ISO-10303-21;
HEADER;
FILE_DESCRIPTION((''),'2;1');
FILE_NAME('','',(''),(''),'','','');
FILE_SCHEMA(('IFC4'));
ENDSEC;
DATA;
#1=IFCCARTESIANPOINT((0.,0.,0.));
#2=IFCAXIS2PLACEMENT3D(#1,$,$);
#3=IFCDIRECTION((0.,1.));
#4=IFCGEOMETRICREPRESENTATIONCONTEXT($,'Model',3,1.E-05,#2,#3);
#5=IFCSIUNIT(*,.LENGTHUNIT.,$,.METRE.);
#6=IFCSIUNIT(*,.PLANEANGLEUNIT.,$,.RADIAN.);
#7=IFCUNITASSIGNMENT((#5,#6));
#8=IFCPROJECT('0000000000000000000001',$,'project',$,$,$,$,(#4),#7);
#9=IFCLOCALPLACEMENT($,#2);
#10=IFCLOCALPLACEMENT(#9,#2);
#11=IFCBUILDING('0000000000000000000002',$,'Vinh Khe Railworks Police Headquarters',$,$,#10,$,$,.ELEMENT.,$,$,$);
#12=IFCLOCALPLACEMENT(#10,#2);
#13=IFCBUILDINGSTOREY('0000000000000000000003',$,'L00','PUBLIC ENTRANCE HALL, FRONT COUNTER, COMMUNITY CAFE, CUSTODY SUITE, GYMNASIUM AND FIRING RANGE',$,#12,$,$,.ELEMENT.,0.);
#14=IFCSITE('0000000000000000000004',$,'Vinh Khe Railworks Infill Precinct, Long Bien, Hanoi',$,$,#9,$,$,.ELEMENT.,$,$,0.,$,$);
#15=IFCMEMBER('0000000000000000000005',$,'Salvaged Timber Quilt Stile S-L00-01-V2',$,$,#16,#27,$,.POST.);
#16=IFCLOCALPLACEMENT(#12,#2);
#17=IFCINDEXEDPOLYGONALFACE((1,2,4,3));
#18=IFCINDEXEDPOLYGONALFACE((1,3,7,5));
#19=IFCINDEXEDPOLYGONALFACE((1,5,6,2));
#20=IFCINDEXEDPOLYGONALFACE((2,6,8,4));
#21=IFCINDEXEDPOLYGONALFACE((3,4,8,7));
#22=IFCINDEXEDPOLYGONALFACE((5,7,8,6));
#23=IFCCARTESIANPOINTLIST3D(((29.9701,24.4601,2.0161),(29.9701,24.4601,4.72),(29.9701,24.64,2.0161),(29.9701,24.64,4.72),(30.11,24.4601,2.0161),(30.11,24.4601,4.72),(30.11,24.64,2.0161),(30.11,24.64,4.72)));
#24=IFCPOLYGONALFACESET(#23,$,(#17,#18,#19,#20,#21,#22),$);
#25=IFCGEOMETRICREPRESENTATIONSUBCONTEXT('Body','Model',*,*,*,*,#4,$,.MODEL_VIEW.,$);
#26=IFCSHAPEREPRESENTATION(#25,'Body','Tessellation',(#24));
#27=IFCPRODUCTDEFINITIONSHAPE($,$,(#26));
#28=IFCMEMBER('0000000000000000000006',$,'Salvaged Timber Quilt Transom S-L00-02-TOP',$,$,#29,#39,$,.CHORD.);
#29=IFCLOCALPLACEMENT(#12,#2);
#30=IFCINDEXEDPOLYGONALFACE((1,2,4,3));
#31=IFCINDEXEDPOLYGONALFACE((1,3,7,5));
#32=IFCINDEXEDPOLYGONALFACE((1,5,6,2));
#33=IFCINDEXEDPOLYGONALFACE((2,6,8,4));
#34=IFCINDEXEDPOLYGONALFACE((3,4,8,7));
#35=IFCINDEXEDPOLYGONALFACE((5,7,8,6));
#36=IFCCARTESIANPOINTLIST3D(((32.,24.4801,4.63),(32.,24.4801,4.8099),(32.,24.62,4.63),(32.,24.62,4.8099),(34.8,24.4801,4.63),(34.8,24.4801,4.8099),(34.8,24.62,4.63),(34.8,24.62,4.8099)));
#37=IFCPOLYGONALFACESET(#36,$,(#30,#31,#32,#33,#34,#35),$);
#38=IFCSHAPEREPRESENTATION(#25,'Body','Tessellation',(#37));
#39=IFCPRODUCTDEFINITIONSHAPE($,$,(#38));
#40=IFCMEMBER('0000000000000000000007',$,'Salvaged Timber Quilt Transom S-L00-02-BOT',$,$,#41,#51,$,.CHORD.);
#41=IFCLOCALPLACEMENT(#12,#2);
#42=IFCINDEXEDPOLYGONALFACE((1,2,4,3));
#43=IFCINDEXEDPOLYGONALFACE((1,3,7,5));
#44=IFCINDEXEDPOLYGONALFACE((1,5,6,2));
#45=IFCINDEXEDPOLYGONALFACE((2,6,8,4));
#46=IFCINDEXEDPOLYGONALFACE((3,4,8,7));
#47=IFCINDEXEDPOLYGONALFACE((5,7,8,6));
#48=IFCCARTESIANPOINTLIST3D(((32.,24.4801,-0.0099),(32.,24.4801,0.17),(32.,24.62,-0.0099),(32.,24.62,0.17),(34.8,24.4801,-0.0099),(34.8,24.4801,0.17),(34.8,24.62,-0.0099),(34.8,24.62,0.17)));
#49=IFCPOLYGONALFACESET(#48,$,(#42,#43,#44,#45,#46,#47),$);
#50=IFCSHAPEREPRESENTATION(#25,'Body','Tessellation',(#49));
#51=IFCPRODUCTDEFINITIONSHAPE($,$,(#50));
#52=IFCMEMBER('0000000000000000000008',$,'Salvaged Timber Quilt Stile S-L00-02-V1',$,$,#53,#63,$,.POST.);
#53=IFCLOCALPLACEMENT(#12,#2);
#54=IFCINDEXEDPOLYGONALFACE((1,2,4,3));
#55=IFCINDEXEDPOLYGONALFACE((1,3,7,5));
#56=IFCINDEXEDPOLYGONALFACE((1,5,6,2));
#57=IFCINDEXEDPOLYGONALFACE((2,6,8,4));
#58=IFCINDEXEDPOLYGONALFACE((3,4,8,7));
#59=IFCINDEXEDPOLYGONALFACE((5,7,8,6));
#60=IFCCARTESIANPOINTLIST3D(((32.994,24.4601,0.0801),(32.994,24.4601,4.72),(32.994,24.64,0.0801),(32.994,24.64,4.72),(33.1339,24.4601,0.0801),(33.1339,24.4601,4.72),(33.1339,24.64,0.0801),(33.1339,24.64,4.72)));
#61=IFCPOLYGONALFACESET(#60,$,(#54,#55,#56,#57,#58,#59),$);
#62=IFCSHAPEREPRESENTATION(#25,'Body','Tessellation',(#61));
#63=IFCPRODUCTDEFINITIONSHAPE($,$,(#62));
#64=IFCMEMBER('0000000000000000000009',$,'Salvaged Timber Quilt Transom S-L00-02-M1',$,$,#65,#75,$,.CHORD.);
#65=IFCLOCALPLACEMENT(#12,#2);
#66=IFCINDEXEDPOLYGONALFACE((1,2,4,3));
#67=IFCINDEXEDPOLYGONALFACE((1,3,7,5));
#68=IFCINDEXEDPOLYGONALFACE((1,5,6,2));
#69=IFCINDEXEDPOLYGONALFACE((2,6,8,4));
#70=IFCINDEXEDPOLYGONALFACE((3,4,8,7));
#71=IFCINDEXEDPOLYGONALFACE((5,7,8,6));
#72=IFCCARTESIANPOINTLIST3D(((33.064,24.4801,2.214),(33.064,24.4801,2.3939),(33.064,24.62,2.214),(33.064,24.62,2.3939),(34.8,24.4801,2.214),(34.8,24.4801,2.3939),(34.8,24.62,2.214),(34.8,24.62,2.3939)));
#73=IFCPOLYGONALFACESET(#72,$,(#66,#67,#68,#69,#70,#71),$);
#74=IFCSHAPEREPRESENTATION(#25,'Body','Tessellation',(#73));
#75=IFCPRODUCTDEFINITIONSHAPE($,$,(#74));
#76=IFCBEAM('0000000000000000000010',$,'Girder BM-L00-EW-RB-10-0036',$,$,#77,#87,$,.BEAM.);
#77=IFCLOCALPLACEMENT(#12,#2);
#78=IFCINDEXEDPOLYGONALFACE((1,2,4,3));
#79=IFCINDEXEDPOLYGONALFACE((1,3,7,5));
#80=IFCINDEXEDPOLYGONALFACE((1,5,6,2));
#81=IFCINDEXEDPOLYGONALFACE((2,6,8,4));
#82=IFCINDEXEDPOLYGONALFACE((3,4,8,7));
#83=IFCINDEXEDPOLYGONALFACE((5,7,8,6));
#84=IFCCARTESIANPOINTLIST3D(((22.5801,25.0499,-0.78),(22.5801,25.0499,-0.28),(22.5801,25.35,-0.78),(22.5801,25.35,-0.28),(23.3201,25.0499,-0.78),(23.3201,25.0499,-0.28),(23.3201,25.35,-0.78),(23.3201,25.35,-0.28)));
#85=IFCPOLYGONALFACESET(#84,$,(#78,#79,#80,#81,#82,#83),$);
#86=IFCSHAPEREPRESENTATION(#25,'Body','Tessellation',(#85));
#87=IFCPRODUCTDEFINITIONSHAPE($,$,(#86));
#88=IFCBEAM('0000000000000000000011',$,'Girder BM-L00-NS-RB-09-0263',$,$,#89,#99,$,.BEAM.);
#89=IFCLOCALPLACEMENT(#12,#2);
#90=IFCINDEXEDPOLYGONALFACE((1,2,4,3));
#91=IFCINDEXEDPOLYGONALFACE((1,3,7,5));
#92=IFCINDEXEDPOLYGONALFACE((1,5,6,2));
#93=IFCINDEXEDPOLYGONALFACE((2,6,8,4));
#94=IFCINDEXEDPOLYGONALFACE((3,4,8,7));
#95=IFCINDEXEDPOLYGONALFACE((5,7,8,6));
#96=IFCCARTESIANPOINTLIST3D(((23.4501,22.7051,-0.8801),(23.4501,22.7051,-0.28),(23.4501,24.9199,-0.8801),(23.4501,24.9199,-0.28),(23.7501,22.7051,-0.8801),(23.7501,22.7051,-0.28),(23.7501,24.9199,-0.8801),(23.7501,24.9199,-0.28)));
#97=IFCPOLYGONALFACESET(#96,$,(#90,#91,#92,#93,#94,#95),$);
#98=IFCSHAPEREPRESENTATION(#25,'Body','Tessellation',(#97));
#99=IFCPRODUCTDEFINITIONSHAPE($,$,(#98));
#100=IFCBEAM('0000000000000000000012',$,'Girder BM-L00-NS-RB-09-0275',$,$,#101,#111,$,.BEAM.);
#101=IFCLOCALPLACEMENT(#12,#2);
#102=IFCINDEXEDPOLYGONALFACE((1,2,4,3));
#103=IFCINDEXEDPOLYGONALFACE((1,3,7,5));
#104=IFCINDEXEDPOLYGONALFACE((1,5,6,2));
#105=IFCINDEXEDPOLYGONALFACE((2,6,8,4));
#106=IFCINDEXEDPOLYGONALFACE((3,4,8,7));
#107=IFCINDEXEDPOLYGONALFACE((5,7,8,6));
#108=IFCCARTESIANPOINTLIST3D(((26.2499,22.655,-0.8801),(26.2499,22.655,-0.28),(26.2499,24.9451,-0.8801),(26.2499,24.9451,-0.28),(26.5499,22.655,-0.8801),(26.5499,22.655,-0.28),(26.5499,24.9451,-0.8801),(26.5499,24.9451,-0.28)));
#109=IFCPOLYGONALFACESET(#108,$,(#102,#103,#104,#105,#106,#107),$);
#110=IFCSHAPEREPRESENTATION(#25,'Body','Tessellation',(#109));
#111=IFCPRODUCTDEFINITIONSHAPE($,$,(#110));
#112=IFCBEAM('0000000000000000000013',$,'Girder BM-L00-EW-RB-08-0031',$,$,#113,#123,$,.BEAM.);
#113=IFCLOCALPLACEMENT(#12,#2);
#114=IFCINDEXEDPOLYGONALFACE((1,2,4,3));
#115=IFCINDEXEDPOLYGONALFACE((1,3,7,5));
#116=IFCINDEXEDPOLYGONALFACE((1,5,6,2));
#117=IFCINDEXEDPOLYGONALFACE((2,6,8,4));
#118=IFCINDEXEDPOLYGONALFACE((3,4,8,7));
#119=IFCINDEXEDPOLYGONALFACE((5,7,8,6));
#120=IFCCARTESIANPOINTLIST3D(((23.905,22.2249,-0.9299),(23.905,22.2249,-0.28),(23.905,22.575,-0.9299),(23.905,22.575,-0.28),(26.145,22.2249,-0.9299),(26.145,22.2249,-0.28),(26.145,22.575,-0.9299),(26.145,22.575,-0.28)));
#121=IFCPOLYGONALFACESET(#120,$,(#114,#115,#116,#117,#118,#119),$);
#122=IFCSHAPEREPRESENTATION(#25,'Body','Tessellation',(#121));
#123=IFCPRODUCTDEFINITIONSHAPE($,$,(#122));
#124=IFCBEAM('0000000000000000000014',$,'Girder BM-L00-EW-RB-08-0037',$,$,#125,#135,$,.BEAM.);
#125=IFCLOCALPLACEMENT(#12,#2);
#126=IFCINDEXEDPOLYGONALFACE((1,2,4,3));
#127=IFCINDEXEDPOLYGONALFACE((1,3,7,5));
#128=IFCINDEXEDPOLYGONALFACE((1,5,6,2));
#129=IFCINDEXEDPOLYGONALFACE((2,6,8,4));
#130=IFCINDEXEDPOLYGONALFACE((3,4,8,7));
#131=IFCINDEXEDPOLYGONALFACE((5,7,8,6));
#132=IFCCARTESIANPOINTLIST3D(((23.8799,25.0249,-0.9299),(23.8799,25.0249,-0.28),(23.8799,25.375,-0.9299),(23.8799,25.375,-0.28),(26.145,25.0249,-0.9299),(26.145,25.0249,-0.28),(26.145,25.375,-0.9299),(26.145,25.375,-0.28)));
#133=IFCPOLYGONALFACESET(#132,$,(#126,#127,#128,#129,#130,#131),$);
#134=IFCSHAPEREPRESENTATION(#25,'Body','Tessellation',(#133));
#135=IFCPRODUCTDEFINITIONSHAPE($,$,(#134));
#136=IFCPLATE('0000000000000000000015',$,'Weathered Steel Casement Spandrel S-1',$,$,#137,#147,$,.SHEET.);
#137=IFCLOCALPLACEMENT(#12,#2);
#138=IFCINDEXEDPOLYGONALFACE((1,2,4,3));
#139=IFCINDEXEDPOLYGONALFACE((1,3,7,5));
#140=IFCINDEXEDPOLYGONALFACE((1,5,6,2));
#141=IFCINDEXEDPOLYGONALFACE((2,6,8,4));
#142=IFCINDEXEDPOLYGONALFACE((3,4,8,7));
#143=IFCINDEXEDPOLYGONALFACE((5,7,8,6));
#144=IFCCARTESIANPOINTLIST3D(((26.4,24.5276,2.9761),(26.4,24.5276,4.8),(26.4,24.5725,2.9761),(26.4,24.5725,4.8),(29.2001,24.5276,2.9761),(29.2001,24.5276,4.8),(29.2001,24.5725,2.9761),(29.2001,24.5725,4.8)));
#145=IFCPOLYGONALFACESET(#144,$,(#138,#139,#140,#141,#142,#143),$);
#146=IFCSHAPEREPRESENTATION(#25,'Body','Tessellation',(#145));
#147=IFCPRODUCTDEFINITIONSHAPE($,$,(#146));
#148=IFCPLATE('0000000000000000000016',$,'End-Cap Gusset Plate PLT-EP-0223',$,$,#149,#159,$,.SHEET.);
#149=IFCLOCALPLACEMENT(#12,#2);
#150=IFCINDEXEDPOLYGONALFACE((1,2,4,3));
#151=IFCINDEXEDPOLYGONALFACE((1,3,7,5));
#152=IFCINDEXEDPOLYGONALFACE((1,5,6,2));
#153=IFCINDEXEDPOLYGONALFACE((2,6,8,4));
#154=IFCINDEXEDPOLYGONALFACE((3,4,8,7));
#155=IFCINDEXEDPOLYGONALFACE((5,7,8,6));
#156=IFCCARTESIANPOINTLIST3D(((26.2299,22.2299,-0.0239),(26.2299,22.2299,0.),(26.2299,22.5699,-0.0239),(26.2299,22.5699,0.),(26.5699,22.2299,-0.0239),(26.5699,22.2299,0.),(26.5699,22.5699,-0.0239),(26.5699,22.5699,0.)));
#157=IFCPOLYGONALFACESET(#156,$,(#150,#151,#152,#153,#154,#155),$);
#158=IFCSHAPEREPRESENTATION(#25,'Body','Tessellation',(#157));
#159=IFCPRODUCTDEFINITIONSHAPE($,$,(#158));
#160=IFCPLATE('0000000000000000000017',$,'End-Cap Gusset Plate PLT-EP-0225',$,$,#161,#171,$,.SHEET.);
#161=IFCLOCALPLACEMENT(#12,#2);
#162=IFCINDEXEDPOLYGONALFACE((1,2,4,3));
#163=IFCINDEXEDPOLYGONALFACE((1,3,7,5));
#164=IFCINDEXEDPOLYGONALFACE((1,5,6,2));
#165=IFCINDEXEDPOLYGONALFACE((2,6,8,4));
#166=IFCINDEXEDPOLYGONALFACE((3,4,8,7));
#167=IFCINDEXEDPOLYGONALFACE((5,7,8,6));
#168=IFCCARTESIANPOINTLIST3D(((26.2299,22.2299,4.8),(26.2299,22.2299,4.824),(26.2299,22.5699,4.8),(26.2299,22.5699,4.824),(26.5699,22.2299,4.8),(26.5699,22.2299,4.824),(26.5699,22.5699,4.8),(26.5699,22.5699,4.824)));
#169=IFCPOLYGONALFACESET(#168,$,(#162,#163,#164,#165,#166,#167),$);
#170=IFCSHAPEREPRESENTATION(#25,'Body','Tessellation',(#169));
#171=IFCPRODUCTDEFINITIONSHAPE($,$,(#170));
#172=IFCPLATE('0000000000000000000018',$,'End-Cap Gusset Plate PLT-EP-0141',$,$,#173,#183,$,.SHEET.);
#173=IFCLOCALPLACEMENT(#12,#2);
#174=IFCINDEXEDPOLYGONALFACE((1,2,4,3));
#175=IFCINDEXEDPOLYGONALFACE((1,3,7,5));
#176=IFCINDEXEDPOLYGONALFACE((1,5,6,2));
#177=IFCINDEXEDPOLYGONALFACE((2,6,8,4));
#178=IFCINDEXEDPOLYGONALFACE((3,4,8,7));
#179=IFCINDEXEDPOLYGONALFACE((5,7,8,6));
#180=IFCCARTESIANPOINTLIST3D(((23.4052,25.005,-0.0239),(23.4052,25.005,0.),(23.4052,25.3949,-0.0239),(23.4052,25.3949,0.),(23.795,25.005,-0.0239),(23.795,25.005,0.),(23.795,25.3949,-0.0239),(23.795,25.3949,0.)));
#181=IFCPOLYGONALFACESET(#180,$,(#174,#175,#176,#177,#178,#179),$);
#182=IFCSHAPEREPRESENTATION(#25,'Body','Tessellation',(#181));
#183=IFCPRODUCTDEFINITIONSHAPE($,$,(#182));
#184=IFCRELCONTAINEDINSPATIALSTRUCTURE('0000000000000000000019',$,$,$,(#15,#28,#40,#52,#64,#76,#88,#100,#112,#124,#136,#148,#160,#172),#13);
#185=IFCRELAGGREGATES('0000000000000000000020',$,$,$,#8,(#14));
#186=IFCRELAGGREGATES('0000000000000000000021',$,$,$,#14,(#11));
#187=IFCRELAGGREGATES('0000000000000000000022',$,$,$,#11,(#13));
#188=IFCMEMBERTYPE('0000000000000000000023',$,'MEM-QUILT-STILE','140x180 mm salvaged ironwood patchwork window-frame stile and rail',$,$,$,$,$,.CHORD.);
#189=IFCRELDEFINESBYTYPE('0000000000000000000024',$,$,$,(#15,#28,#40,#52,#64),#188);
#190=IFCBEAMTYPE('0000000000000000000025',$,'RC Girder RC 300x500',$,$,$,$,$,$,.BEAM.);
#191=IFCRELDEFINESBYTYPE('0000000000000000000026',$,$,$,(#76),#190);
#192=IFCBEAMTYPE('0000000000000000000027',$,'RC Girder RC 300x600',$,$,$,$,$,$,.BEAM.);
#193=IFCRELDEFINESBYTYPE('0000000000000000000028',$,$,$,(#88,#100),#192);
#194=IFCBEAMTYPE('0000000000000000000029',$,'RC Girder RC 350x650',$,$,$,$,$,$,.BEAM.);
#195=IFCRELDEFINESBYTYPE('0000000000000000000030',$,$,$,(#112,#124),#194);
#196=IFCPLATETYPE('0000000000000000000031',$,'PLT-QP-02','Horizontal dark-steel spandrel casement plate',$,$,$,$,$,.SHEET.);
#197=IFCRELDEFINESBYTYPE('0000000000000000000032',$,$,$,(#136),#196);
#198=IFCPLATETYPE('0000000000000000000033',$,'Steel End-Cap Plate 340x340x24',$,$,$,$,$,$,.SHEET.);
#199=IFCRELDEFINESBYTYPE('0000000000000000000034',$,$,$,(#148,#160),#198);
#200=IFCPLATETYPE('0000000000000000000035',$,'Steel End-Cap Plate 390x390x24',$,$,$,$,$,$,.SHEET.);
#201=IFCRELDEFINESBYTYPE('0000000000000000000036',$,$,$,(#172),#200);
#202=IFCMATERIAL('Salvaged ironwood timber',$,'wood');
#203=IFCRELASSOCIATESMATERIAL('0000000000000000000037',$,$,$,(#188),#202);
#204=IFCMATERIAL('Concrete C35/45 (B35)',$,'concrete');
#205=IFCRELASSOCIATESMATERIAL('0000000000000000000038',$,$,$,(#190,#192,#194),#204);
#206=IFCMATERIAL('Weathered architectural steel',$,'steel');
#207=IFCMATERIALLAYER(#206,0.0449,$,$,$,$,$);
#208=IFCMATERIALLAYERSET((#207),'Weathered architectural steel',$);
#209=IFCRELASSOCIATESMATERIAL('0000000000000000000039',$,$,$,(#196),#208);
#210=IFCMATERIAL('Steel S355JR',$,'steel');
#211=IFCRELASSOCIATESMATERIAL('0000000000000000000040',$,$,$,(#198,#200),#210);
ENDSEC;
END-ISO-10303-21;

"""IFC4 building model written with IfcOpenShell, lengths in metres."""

from ifc_helpers import new_model, si_unit, direction, frame, origin, origin_2d, place, context, subcontext, project, spatial, rectangle, extrude, material, layer, layer_set, material_profile, profile_set, type_object, element, save


model = new_model("IFC4")

# Units and contexts
model_context = context("Model", 3, precision=1e-05, world=origin(), true_north=direction((0.0, 1.0)))
body_context = subcontext(model_context, "Body", "Model", "MODEL_VIEW")
ifc_project = project(units=[si_unit("LENGTHUNIT", "METRE"), si_unit("PLANEANGLEUNIT", "RADIAN")], contexts=[model_context])

# Site, building, storey
site_placement = place(None, origin())
site = spatial("IfcSite", under=ifc_project, at=site_placement, Name="Vinh Khe Railworks Infill Precinct, Long Bien, Hanoi", CompositionType="ELEMENT", RefElevation=0.0)
building_placement = place(site_placement, origin())
building = spatial("IfcBuilding", under=site, at=building_placement, Name="Vinh Khe Railworks Police Headquarters", CompositionType="ELEMENT")
storey_placement = place(building_placement, origin())
storey = spatial("IfcBuildingStorey", under=building, at=storey_placement, Name="L00", Description="PUBLIC ENTRANCE HALL, FRONT COUNTER, COMMUNITY CAFE, CUSTODY SUITE, GYMNASIUM AND FIRING RANGE", CompositionType="ELEMENT", Elevation=0.0)

# Shared definitions
ifc_material_1 = material(Name="Steel S355JR", Category="steel")

# Members
ifc_material_2 = material(Name="Salvaged ironwood timber", Category="wood")
ifc_material_profile_1 = material_profile(ifc_material_2, rectangle(XDim=0.1399, YDim=0.1799, at=origin_2d()), Name="TIMBER 140x180")
ifc_profile_set_1 = profile_set([ifc_material_profile_1], Name="Salvaged ironwood timber")
member_type = type_object("IfcMemberType", Name="MEM-QUILT-STILE", Description="140x180 mm salvaged ironwood patchwork window-frame stile and rail", PredefinedType="CHORD", material=ifc_profile_set_1)
member_1_placement = place(storey_placement, frame((30.04, 24.55, 2.0161), z_axis=(0.0, 0.0, 1.0), x_axis=(1.0, 0.0, 0.0)))
element("IfcMember", 1, at=member_1_placement, inside=storey, type_object=member_type, Name="Salvaged Timber Quilt Stile S-L00-01-V2", PredefinedType="POST", context=body_context, shape_type="SweptSolid", body=[
    extrude(rectangle(XDim=0.1399, YDim=0.1799, at=origin_2d()), origin(), (0.0, 0.0, 1.0), 2.7039),
])
for number, where, z_axis, x_axis, name in (
    (2, (32.0, 24.55, 4.72), (1.0, 0.0, 0.0), (0.0, 1.0, 0.0), "Salvaged Timber Quilt Transom S-L00-02-TOP"),
    (3, (32.0, 24.55, 0.0801), (1.0, 0.0, 0.0), (0.0, 1.0, 0.0), "Salvaged Timber Quilt Transom S-L00-02-BOT"),
):
    element("IfcMember", number, at=place(storey_placement, frame(where, z_axis=z_axis, x_axis=x_axis)), inside=storey, type_object=member_type, Name=name, PredefinedType="CHORD", context=body_context, shape_type="SweptSolid", body=[
        extrude(rectangle(XDim=0.1399, YDim=0.1799, at=origin_2d()), origin(), (0.0, 0.0, 1.0), 2.8),
    ])
member_2_placement = place(storey_placement, frame((33.064, 24.55, 0.0801), z_axis=(0.0, 0.0, 1.0), x_axis=(1.0, 0.0, 0.0)))
element("IfcMember", 4, at=member_2_placement, inside=storey, type_object=member_type, Name="Salvaged Timber Quilt Stile S-L00-02-V1", PredefinedType="POST", context=body_context, shape_type="SweptSolid", body=[
    extrude(rectangle(XDim=0.1399, YDim=0.1799, at=origin_2d()), origin(), (0.0, 0.0, 1.0), 4.6399),
])
member_3_placement = place(storey_placement, frame((33.064, 24.55, 2.304), z_axis=(1.0, 0.0, 0.0), x_axis=(0.0, 1.0, 0.0)))
element("IfcMember", 5, at=member_3_placement, inside=storey, type_object=member_type, Name="Salvaged Timber Quilt Transom S-L00-02-M1", PredefinedType="CHORD", context=body_context, shape_type="SweptSolid", body=[
    extrude(rectangle(XDim=0.1399, YDim=0.1799, at=origin_2d()), origin(), (0.0, 0.0, 1.0), 1.7361),
])

# Beams
ifc_material_3 = material(Name="Concrete C35/45 (B35)", Category="concrete")
ifc_material_profile_2 = material_profile(ifc_material_3, rectangle(XDim=0.3, YDim=0.5, at=origin_2d()), Name="RC 300x500")
ifc_profile_set_2 = profile_set([ifc_material_profile_2], Name="Concrete C35/45 (B35)")
beam_type_1 = type_object("IfcBeamType", Name="RC Girder RC 300x500", PredefinedType="BEAM", material=ifc_profile_set_2)
beam_1_placement = place(storey_placement, frame((22.5801, 25.2, -0.53), z_axis=(1.0, 0.0, 0.0), x_axis=(0.0, 1.0, 0.0)))
element("IfcBeam", 6, at=beam_1_placement, inside=storey, type_object=beam_type_1, Name="Girder BM-L00-EW-RB-10-0036", PredefinedType="BEAM", context=body_context, shape_type="SweptSolid", body=[
    extrude(rectangle(XDim=0.3, YDim=0.5, at=origin_2d()), origin(), (0.0, 0.0, 1.0), 0.74),
])
ifc_material_profile_3 = material_profile(ifc_material_3, rectangle(XDim=0.3, YDim=0.6001, at=origin_2d()), Name="RC 300x600")
ifc_profile_set_3 = profile_set([ifc_material_profile_3], Name="Concrete C35/45 (B35)")
beam_type_2 = type_object("IfcBeamType", Name="RC Girder RC 300x600", PredefinedType="BEAM", material=ifc_profile_set_3)
beam_2_placement = place(storey_placement, frame((23.6001, 22.7051, -0.5801), z_axis=(0.0, 1.0, 0.0), x_axis=(-1.0, 0.0, 0.0)))
element("IfcBeam", 7, at=beam_2_placement, inside=storey, type_object=beam_type_2, Name="Girder BM-L00-NS-RB-09-0263", PredefinedType="BEAM", context=body_context, shape_type="SweptSolid", body=[
    extrude(rectangle(XDim=0.3, YDim=0.6001, at=origin_2d()), origin(), (0.0, 0.0, 1.0), 2.2148),
])
beam_3_placement = place(storey_placement, frame((26.3999, 22.655, -0.5801), z_axis=(0.0, 1.0, 0.0), x_axis=(-1.0, 0.0, 0.0)))
element("IfcBeam", 8, at=beam_3_placement, inside=storey, type_object=beam_type_2, Name="Girder BM-L00-NS-RB-09-0275", PredefinedType="BEAM", context=body_context, shape_type="SweptSolid", body=[
    extrude(rectangle(XDim=0.3, YDim=0.6001, at=origin_2d()), origin(), (0.0, 0.0, 1.0), 2.29),
])
ifc_material_profile_4 = material_profile(ifc_material_3, rectangle(XDim=0.3501, YDim=0.6499, at=origin_2d()), Name="RC 350x650")
ifc_profile_set_4 = profile_set([ifc_material_profile_4], Name="Concrete C35/45 (B35)")
beam_type_3 = type_object("IfcBeamType", Name="RC Girder RC 350x650", PredefinedType="BEAM", material=ifc_profile_set_4)
beam_4_placement = place(storey_placement, frame((23.905, 22.3999, -0.605), z_axis=(1.0, 0.0, 0.0), x_axis=(0.0, 1.0, 0.0)))
element("IfcBeam", 9, at=beam_4_placement, inside=storey, type_object=beam_type_3, Name="Girder BM-L00-EW-RB-08-0031", PredefinedType="BEAM", context=body_context, shape_type="SweptSolid", body=[
    extrude(rectangle(XDim=0.3501, YDim=0.6499, at=origin_2d()), origin(), (0.0, 0.0, 1.0), 2.24),
])
beam_5_placement = place(storey_placement, frame((23.8799, 25.2, -0.605), z_axis=(1.0, 0.0, 0.0), x_axis=(0.0, 1.0, 0.0)))
element("IfcBeam", 10, at=beam_5_placement, inside=storey, type_object=beam_type_3, Name="Girder BM-L00-EW-RB-08-0037", PredefinedType="BEAM", context=body_context, shape_type="SweptSolid", body=[
    extrude(rectangle(XDim=0.3501, YDim=0.6499, at=origin_2d()), origin(), (0.0, 0.0, 1.0), 2.2651),
])

# Plates
ifc_material_4 = material(Name="Weathered architectural steel", Category="steel")
ifc_layer = layer(ifc_material_4, 0.0449)
ifc_layer_set = layer_set([ifc_layer], Name="Weathered architectural steel")
plate_type_1 = type_object("IfcPlateType", Name="PLT-QP-02", Description="Horizontal dark-steel spandrel casement plate", PredefinedType="SHEET", material=ifc_layer_set)
plate_placement = place(storey_placement, frame((27.8, 24.55, 2.9761), z_axis=(0.0, 0.0, 1.0), x_axis=(1.0, 0.0, 0.0)))
element("IfcPlate", 11, at=plate_placement, inside=storey, type_object=plate_type_1, Name="Weathered Steel Casement Spandrel S-1", PredefinedType="SHEET", context=body_context, shape_type="SweptSolid", body=[
    extrude(rectangle(XDim=2.8, YDim=0.0449, at=origin_2d()), origin(), (0.0, 0.0, 1.0), 1.824),
])
ifc_material_profile_5 = material_profile(ifc_material_1, rectangle(XDim=0.3401, YDim=0.3401, at=origin_2d()), Name="PL 340x340")
ifc_profile_set_5 = profile_set([ifc_material_profile_5], Name="Steel S355JR")
plate_type_2 = type_object("IfcPlateType", Name="Steel End-Cap Plate 340x340x24", PredefinedType="SHEET", material=ifc_profile_set_5)
for number, where, z_axis, x_axis, name in (
    (12, (26.3999, 22.3999, 0.0), (0.0, 0.0, -1.0), (1.0, 0.0, 0.0), "End-Cap Gusset Plate PLT-EP-0223"),
    (13, (26.3999, 22.3999, 4.8), (0.0, 0.0, 1.0), (1.0, 0.0, 0.0), "End-Cap Gusset Plate PLT-EP-0225"),
):
    element("IfcPlate", number, at=place(storey_placement, frame(where, z_axis=z_axis, x_axis=x_axis)), inside=storey, type_object=plate_type_2, Name=name, PredefinedType="SHEET", context=body_context, shape_type="SweptSolid", body=[
        extrude(rectangle(XDim=0.3401, YDim=0.3401, at=origin_2d()), origin(), (0.0, 0.0, 1.0), 0.0239),
    ])
ifc_material_profile_6 = material_profile(ifc_material_1, rectangle(XDim=0.3899, YDim=0.3899, at=origin_2d()), Name="PL 390x390")
ifc_profile_set_6 = profile_set([ifc_material_profile_6], Name="Steel S355JR")
plate_type_3 = type_object("IfcPlateType", Name="Steel End-Cap Plate 390x390x24", PredefinedType="SHEET", material=ifc_profile_set_6)
for number, where, z_axis, x_axis, name in (
    (14, (23.6001, 25.2, 0.0), (0.0, 0.0, -1.0), (1.0, 0.0, 0.0), "End-Cap Gusset Plate PLT-EP-0141"),
):
    element("IfcPlate", number, at=place(storey_placement, frame(where, z_axis=z_axis, x_axis=x_axis)), inside=storey, type_object=plate_type_3, Name=name, PredefinedType="SHEET", context=body_context, shape_type="SweptSolid", body=[
        extrude(rectangle(XDim=0.3899, YDim=0.3899, at=origin_2d()), origin(), (0.0, 0.0, 1.0), 0.0239),
    ])

save(model, "model.ifc")
